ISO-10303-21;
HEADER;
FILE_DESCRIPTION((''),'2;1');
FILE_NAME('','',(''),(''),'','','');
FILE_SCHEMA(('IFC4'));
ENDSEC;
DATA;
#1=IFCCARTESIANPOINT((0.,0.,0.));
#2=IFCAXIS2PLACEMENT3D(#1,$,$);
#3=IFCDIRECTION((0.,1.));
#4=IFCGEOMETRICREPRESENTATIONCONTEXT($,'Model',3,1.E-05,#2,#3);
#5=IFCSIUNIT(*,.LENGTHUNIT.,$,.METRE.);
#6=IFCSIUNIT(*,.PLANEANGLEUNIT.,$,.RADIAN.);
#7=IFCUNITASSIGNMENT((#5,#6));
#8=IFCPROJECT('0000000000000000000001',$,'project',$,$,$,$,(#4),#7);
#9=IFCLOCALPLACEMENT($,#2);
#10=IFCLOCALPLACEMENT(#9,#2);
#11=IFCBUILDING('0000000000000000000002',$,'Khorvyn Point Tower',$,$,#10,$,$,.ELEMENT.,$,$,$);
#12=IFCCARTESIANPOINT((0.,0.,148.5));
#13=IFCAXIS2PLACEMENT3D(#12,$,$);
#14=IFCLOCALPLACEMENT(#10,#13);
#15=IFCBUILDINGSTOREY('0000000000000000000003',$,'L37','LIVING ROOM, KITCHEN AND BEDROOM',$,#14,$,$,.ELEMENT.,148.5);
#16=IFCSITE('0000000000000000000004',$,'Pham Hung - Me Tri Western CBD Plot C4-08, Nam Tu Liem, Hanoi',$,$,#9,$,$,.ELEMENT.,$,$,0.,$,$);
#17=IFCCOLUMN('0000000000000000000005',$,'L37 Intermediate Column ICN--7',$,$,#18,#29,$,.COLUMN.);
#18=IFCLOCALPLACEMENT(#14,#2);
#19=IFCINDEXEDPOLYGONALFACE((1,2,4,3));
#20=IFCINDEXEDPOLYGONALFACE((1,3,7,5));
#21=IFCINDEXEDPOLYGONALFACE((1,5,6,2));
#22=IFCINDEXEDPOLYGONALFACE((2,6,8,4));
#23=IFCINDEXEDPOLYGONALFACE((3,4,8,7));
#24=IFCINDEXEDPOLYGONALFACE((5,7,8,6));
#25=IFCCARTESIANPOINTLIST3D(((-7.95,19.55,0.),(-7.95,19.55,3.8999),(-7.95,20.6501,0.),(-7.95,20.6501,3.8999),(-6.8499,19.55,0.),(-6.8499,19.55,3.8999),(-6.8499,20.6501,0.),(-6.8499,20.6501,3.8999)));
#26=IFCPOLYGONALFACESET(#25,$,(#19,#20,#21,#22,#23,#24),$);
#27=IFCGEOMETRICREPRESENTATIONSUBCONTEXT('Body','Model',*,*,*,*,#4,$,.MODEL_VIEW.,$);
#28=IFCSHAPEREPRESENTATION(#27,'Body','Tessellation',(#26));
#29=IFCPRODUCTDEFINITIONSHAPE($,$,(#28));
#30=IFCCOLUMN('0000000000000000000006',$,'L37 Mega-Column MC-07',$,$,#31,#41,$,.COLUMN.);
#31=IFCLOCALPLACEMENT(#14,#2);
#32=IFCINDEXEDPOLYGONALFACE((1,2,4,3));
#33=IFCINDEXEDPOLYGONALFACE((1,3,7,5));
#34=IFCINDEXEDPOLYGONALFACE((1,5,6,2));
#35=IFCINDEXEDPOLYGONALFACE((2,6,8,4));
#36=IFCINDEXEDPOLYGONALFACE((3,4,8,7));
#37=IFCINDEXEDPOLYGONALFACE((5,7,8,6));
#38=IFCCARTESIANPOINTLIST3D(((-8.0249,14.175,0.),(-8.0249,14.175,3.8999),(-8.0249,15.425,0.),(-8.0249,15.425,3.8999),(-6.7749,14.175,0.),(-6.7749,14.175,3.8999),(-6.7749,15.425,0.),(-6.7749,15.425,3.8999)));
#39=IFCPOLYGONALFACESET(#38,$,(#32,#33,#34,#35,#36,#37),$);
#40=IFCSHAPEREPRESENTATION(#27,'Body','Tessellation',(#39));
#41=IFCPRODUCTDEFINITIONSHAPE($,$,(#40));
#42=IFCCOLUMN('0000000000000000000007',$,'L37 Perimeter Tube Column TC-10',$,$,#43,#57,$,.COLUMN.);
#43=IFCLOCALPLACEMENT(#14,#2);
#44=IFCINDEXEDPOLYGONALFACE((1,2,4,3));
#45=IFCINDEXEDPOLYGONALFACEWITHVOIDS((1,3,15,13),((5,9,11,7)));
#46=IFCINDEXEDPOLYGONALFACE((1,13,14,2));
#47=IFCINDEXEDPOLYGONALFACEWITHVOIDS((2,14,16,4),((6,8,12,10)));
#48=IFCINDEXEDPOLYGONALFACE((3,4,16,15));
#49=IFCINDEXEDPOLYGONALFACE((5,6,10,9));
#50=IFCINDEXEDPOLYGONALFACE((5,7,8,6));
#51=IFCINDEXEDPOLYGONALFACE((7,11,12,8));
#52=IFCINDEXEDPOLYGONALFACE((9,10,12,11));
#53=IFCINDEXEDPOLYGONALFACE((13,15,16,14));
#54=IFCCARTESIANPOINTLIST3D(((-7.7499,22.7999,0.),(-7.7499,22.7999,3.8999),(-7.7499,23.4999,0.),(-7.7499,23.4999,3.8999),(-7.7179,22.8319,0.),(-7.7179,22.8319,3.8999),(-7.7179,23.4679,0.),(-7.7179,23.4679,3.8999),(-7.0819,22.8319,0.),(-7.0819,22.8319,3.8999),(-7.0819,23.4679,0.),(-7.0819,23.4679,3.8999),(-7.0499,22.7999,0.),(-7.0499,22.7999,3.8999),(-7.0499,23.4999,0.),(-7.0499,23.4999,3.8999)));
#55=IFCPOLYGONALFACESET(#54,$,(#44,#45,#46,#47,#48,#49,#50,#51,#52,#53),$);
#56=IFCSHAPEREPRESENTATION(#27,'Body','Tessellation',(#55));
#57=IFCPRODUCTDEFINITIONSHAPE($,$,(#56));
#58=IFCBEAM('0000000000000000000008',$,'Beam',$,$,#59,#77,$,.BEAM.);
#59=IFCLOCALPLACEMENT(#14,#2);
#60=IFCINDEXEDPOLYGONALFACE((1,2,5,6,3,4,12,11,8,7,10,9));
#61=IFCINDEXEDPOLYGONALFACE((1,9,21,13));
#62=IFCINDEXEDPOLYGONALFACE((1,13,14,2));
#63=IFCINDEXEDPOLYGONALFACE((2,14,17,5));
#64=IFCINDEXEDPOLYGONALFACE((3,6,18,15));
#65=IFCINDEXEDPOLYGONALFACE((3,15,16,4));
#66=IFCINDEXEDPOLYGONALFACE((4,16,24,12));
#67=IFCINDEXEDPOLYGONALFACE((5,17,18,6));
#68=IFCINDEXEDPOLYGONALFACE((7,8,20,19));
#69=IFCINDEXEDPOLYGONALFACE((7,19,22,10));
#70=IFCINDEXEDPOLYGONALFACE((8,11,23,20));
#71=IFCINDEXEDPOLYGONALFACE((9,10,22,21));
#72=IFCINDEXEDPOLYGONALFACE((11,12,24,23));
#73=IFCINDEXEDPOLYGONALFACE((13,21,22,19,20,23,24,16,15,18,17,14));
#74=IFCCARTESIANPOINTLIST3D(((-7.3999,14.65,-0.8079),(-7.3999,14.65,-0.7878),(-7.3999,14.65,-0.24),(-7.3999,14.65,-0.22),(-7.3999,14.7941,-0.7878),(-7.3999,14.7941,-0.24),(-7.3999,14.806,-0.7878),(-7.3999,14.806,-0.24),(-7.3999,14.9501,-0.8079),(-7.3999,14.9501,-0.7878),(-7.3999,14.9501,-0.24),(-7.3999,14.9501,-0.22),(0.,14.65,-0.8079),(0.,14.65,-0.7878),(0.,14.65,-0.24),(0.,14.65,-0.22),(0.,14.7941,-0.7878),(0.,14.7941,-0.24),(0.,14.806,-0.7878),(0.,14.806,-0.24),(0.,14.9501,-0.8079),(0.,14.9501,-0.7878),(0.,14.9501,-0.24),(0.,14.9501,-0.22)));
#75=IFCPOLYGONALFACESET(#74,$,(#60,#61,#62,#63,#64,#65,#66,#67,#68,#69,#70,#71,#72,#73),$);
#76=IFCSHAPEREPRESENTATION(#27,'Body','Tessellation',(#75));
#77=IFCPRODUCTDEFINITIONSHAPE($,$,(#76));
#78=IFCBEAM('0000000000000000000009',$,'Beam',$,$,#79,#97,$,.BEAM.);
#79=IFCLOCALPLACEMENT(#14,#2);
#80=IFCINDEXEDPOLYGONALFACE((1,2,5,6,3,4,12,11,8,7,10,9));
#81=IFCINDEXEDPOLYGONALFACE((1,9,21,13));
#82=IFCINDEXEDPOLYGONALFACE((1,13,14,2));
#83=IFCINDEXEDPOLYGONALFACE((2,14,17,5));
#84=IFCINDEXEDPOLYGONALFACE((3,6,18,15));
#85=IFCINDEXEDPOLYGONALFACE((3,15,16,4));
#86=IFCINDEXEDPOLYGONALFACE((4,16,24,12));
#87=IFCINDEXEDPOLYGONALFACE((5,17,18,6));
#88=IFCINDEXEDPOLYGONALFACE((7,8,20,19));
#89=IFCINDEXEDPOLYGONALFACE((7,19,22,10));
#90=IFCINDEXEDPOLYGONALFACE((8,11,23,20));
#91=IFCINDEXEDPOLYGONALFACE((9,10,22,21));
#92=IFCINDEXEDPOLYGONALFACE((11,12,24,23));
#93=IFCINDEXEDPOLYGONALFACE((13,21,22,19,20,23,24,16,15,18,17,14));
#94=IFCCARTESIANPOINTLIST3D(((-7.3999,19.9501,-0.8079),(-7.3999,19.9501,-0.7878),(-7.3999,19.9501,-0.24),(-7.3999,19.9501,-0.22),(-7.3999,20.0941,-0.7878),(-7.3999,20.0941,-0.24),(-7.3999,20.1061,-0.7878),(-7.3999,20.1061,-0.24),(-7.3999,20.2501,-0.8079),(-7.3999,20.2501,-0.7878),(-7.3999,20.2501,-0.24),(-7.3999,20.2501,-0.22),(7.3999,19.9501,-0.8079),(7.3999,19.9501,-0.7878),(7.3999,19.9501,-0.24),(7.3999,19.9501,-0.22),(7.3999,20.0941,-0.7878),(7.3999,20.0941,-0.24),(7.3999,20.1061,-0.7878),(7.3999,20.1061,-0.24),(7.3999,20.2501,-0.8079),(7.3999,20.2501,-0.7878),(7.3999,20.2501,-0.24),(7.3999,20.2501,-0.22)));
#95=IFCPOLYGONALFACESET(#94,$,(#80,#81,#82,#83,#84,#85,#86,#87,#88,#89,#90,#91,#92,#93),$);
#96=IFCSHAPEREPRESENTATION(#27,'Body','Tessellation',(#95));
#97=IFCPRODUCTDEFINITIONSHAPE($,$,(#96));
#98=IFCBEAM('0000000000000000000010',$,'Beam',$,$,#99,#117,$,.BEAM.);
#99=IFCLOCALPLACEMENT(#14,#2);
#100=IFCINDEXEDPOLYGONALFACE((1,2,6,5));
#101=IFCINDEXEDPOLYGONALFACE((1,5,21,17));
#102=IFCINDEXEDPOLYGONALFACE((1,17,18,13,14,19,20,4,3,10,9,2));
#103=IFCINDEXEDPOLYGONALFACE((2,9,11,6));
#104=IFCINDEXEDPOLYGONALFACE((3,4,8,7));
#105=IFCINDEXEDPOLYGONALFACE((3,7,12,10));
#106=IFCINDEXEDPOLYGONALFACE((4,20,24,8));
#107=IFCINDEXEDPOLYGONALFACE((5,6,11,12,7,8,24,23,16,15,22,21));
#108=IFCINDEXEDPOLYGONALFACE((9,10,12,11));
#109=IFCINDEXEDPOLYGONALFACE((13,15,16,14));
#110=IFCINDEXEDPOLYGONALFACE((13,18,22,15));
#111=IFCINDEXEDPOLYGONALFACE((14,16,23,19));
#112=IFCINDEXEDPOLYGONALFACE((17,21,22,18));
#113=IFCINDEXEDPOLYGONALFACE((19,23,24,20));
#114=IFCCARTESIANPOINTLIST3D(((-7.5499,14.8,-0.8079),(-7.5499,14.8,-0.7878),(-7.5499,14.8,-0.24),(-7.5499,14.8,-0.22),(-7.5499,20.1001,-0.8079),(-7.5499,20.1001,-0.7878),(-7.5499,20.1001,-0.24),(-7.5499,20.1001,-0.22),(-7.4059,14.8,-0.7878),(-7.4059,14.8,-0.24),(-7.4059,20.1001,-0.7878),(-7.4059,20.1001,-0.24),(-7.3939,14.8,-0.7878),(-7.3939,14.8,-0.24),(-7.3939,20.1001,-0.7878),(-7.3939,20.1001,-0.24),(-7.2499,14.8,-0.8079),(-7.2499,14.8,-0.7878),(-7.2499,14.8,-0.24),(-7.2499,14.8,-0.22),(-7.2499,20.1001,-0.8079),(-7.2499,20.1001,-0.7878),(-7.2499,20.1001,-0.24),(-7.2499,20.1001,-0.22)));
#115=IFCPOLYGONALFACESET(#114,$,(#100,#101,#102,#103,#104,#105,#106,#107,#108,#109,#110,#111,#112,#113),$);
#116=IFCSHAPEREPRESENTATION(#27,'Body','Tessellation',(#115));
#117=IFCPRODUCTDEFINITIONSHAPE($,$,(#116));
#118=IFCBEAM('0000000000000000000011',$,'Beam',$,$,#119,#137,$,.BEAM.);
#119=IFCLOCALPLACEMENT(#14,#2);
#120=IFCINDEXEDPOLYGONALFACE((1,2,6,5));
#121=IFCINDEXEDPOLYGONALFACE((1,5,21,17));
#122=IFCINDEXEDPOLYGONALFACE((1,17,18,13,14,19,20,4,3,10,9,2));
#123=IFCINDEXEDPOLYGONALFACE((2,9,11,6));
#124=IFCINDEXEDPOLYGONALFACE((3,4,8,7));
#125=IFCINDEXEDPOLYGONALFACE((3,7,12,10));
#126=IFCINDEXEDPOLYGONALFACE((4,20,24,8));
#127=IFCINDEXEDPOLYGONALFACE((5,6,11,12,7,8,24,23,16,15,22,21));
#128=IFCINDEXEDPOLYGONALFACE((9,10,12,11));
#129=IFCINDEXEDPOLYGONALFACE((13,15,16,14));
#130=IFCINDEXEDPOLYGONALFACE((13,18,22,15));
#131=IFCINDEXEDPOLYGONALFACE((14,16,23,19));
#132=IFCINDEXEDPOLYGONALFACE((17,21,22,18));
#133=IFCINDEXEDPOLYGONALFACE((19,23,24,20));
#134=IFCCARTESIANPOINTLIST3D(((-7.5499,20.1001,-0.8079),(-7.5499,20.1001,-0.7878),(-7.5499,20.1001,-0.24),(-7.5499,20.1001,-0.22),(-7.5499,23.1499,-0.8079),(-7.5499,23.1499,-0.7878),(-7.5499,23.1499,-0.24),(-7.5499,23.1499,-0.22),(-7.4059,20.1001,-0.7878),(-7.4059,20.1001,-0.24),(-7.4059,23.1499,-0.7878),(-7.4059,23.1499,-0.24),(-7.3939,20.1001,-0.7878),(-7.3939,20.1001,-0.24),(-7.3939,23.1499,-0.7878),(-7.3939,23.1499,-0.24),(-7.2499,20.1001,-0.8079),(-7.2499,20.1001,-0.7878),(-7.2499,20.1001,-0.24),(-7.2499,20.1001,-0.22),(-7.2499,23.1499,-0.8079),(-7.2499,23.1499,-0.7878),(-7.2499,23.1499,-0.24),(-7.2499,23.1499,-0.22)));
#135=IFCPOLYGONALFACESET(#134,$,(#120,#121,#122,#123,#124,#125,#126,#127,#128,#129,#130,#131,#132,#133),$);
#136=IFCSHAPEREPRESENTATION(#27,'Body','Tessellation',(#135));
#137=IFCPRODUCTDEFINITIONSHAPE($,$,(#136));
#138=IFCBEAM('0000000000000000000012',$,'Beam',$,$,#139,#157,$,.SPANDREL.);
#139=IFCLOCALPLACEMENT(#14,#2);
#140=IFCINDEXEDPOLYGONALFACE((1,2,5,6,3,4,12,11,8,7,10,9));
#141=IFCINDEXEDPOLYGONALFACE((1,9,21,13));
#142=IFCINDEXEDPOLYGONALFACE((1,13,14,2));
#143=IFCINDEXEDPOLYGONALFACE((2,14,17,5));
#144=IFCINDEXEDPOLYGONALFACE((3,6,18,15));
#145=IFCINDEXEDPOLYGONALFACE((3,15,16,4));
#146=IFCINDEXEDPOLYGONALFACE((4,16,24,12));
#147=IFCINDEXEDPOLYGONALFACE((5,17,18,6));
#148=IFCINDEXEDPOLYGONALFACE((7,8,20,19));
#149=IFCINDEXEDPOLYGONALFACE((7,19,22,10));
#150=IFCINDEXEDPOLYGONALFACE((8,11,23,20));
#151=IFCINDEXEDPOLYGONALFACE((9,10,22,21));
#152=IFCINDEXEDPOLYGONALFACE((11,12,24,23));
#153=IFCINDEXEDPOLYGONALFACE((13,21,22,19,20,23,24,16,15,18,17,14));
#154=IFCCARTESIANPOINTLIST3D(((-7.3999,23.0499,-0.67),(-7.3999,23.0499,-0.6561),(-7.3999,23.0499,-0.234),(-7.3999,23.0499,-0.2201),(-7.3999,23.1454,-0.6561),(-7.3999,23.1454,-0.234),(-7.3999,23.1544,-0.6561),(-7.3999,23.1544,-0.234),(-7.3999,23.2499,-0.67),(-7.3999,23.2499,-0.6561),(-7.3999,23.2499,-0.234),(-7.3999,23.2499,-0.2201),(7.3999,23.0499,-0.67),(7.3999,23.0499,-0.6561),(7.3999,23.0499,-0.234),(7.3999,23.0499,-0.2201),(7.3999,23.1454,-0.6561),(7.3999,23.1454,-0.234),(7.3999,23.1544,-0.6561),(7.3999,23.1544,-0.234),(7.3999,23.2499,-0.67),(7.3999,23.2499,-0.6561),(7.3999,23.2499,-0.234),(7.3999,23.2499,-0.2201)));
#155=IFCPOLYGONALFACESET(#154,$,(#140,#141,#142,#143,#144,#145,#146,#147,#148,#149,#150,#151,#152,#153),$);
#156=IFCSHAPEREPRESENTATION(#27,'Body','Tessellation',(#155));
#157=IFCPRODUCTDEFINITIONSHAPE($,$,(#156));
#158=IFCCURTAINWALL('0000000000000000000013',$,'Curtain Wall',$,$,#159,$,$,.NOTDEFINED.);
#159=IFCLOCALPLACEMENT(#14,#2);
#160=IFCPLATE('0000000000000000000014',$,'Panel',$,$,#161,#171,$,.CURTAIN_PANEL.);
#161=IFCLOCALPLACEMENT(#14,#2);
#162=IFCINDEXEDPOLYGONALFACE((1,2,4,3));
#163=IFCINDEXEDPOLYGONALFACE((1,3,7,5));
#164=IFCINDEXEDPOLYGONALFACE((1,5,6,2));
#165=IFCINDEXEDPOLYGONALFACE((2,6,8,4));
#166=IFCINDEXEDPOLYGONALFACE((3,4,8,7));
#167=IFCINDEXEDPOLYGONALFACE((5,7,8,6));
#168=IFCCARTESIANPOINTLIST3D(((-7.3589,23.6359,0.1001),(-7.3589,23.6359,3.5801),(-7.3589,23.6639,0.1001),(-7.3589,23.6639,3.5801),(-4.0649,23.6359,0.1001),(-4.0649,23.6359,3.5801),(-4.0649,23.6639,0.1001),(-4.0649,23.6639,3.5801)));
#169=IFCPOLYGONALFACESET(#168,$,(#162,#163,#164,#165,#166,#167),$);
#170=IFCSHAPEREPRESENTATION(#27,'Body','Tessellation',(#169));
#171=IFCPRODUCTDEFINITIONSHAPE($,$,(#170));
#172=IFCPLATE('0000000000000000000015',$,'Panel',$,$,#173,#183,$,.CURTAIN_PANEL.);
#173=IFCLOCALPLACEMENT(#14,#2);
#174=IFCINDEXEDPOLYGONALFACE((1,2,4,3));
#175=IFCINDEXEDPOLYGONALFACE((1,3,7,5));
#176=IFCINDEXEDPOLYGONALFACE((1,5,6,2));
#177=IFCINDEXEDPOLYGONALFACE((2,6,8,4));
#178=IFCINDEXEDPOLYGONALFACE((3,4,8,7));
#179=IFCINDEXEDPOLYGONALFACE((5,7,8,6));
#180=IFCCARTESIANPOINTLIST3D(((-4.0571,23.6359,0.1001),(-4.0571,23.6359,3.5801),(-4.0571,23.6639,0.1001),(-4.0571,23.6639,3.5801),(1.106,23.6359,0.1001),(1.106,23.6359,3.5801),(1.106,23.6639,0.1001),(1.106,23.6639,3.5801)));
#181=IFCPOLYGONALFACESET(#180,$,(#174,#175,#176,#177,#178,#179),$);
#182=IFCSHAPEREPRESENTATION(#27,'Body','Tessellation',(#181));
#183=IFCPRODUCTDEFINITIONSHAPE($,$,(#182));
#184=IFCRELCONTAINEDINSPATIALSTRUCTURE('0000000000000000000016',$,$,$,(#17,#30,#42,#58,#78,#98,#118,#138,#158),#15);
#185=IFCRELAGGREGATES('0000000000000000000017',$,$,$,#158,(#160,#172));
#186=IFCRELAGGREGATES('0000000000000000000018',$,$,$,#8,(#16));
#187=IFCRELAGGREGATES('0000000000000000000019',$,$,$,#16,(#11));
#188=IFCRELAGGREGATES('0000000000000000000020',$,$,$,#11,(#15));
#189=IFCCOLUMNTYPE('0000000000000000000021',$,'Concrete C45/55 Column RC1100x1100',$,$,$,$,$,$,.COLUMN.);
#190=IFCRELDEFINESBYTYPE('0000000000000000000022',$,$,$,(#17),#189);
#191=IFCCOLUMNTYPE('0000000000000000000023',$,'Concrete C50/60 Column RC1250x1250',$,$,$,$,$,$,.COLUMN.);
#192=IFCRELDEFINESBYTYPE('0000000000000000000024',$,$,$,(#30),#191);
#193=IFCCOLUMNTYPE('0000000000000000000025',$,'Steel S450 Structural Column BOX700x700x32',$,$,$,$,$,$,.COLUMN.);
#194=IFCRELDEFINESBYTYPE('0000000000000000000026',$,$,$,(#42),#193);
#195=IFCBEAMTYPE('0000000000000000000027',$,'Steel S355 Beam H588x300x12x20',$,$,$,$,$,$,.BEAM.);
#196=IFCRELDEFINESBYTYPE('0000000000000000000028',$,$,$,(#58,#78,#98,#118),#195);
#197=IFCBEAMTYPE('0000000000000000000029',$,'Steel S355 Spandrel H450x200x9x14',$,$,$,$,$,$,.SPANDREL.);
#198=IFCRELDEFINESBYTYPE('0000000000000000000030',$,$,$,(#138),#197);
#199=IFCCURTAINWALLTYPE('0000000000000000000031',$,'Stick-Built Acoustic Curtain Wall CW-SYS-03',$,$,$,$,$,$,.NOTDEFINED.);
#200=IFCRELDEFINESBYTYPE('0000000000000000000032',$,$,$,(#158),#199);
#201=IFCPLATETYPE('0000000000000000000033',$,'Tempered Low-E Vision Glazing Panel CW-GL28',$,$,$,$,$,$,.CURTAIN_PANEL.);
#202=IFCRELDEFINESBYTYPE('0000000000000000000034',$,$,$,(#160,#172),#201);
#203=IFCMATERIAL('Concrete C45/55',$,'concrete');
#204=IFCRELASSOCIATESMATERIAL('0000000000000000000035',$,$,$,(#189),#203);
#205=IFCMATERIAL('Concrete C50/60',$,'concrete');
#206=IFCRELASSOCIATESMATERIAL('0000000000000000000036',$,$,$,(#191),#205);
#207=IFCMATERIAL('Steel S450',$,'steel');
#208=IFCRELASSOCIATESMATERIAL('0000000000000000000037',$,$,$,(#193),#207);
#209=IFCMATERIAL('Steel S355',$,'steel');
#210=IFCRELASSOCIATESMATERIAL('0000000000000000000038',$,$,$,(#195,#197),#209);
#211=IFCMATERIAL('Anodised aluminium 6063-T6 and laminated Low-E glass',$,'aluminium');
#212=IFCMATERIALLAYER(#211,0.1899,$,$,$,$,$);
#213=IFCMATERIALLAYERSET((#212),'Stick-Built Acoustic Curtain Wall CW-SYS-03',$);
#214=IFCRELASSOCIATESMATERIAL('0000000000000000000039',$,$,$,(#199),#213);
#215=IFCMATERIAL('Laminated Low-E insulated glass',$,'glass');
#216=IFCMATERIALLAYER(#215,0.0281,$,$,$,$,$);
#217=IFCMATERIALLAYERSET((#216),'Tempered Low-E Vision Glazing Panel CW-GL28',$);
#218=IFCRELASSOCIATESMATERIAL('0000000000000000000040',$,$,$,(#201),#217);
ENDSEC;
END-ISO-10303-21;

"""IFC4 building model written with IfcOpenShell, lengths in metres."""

from ifc_helpers import new_model, si_unit, direction, frame, origin, origin_2d, place, context, subcontext, project, spatial, rectangle, hollow_rectangle, i_section, extrude, material, layer, layer_set, material_profile, profile_set, type_object, element, aggregate, save


model = new_model("IFC4")

# Units and contexts
model_context = context("Model", 3, precision=1e-05, world=origin(), true_north=direction((0.0, 1.0)))
body_context = subcontext(model_context, "Body", "Model", "MODEL_VIEW")
ifc_project = project(units=[si_unit("LENGTHUNIT", "METRE"), si_unit("PLANEANGLEUNIT", "RADIAN")], contexts=[model_context])

# Site, building, storey
site_placement = place(None, origin())
site = spatial("IfcSite", under=ifc_project, at=site_placement, Name="Pham Hung - Me Tri Western CBD Plot C4-08, Nam Tu Liem, Hanoi", CompositionType="ELEMENT", RefElevation=0.0)
building_placement = place(site_placement, origin())
building = spatial("IfcBuilding", under=site, at=building_placement, Name="Khorvyn Point Tower", CompositionType="ELEMENT")
storey_placement = place(building_placement, frame((0.0, 0.0, 148.5)))
storey = spatial("IfcBuildingStorey", under=building, at=storey_placement, Name="L37", Description="LIVING ROOM, KITCHEN AND BEDROOM", CompositionType="ELEMENT", Elevation=148.5)

# Columns
ifc_material_1 = material(Name="Concrete C45/55", Category="concrete")
ifc_material_profile_1 = material_profile(ifc_material_1, rectangle(XDim=1.1001, YDim=1.1001, at=origin_2d()))
ifc_profile_set_1 = profile_set([ifc_material_profile_1], Name="Concrete C45/55 RC1100x1100")
column_type_1 = type_object("IfcColumnType", Name="Concrete C45/55 Column RC1100x1100", PredefinedType="COLUMN", material=ifc_profile_set_1)
column_1_placement = place(storey_placement, frame((-7.3999, 20.1001, 0.0), z_axis=(0.0, 0.0, 1.0), x_axis=(1.0, 0.0, 0.0)))
element("IfcColumn", 1, at=column_1_placement, inside=storey, type_object=column_type_1, Name="L37 Intermediate Column ICN--7", PredefinedType="COLUMN", context=body_context, shape_type="SweptSolid", body=[
    extrude(rectangle(XDim=1.1001, YDim=1.1001, at=origin_2d()), origin(), (0.0, 0.0, 1.0), 3.8999),
])
ifc_material_2 = material(Name="Concrete C50/60", Category="concrete")
ifc_material_profile_2 = material_profile(ifc_material_2, rectangle(XDim=1.25, YDim=1.25, at=origin_2d()))
ifc_profile_set_2 = profile_set([ifc_material_profile_2], Name="Concrete C50/60 RC1250x1250")
column_type_2 = type_object("IfcColumnType", Name="Concrete C50/60 Column RC1250x1250", PredefinedType="COLUMN", material=ifc_profile_set_2)
column_2_placement = place(storey_placement, frame((-7.3999, 14.8, 0.0), z_axis=(0.0, 0.0, 1.0), x_axis=(1.0, 0.0, 0.0)))
element("IfcColumn", 2, at=column_2_placement, inside=storey, type_object=column_type_2, Name="L37 Mega-Column MC-07", PredefinedType="COLUMN", context=body_context, shape_type="SweptSolid", body=[
    extrude(rectangle(XDim=1.25, YDim=1.25, at=origin_2d()), origin(), (0.0, 0.0, 1.0), 3.8999),
])
ifc_material_3 = material(Name="Steel S450", Category="steel")
ifc_material_profile_3 = material_profile(ifc_material_3, hollow_rectangle(XDim=0.7, YDim=0.7, WallThickness=0.032, at=origin_2d()))
ifc_profile_set_3 = profile_set([ifc_material_profile_3], Name="Steel S450 BOX700x700x32")
column_type_3 = type_object("IfcColumnType", Name="Steel S450 Structural Column BOX700x700x32", PredefinedType="COLUMN", material=ifc_profile_set_3)
column_3_placement = place(storey_placement, frame((-7.3999, 23.1499, 0.0), z_axis=(0.0, 0.0, 1.0), x_axis=(1.0, 0.0, 0.0)))
element("IfcColumn", 3, at=column_3_placement, inside=storey, type_object=column_type_3, Name="L37 Perimeter Tube Column TC-10", PredefinedType="COLUMN", context=body_context, shape_type="SweptSolid", body=[
    extrude(hollow_rectangle(XDim=0.7, YDim=0.7, WallThickness=0.032, at=origin_2d()), origin(), (0.0, 0.0, 1.0), 3.8999),
])

# Beams
ifc_material_4 = material(Name="Steel S355", Category="steel")
ifc_material_profile_4 = material_profile(ifc_material_4, i_section(OverallWidth=0.3, OverallDepth=0.5879, WebThickness=0.012, FlangeThickness=0.02, at=origin_2d()))
ifc_profile_set_4 = profile_set([ifc_material_profile_4], Name="Steel S355 H588x300x12x20")
beam_type_1 = type_object("IfcBeamType", Name="Steel S355 Beam H588x300x12x20", PredefinedType="BEAM", material=ifc_profile_set_4)
beam_1_placement = place(storey_placement, frame((-7.3999, 14.8, -0.5139), z_axis=(1.0, 0.0, 0.0), x_axis=(0.0, 1.0, 0.0)))
element("IfcBeam", 4, at=beam_1_placement, inside=storey, type_object=beam_type_1, Name="Beam", PredefinedType="BEAM", context=body_context, shape_type="SweptSolid", body=[
    extrude(i_section(OverallWidth=0.3, OverallDepth=0.5879, WebThickness=0.012, FlangeThickness=0.02, at=origin_2d()), origin(), (0.0, 0.0, 1.0), 7.3999),
])
beam_2_placement = place(storey_placement, frame((-7.3999, 20.1001, -0.5139), z_axis=(1.0, 0.0, 0.0), x_axis=(0.0, 1.0, 0.0)))
element("IfcBeam", 5, at=beam_2_placement, inside=storey, type_object=beam_type_1, Name="Beam", PredefinedType="BEAM", context=body_context, shape_type="SweptSolid", body=[
    extrude(i_section(OverallWidth=0.3, OverallDepth=0.5879, WebThickness=0.012, FlangeThickness=0.02, at=origin_2d()), origin(), (0.0, 0.0, 1.0), 14.7998),
])
beam_3_placement = place(storey_placement, frame((-7.3999, 14.8, -0.5139), z_axis=(0.0, 1.0, 0.0), x_axis=(-1.0, 0.0, 0.0)))
element("IfcBeam", 6, at=beam_3_placement, inside=storey, type_object=beam_type_1, Name="Beam", PredefinedType="BEAM", context=body_context, shape_type="SweptSolid", body=[
    extrude(i_section(OverallWidth=0.3, OverallDepth=0.5879, WebThickness=0.012, FlangeThickness=0.02, at=origin_2d()), origin(), (0.0, 0.0, 1.0), 5.3),
])
beam_4_placement = place(storey_placement, frame((-7.3999, 20.1001, -0.5139), z_axis=(0.0, 1.0, 0.0), x_axis=(-1.0, 0.0, 0.0)))
element("IfcBeam", 7, at=beam_4_placement, inside=storey, type_object=beam_type_1, Name="Beam", PredefinedType="BEAM", context=body_context, shape_type="SweptSolid", body=[
    extrude(i_section(OverallWidth=0.3, OverallDepth=0.5879, WebThickness=0.012, FlangeThickness=0.02, at=origin_2d()), origin(), (0.0, 0.0, 1.0), 3.0498),
])
ifc_material_profile_5 = material_profile(ifc_material_4, i_section(OverallWidth=0.2, OverallDepth=0.45, WebThickness=0.009, FlangeThickness=0.0139, at=origin_2d()))
ifc_profile_set_5 = profile_set([ifc_material_profile_5], Name="Steel S355 H450x200x9x14")
beam_type_2 = type_object("IfcBeamType", Name="Steel S355 Spandrel H450x200x9x14", PredefinedType="SPANDREL", material=ifc_profile_set_5)
beam_5_placement = place(storey_placement, frame((-7.3999, 23.1499, -0.4451), z_axis=(1.0, 0.0, 0.0), x_axis=(0.0, 1.0, 0.0)))
element("IfcBeam", 8, at=beam_5_placement, inside=storey, type_object=beam_type_2, Name="Beam", PredefinedType="SPANDREL", context=body_context, shape_type="SweptSolid", body=[
    extrude(i_section(OverallWidth=0.2, OverallDepth=0.45, WebThickness=0.009, FlangeThickness=0.0139, at=origin_2d()), origin(), (0.0, 0.0, 1.0), 14.7998),
])

# Curtain wall, plates
ifc_material_5 = material(Name="Anodised aluminium 6063-T6 and laminated Low-E glass", Category="aluminium")
ifc_layer_1 = layer(ifc_material_5, 0.1899)
ifc_layer_set_1 = layer_set([ifc_layer_1], Name="Stick-Built Acoustic Curtain Wall CW-SYS-03")
curtain_wall_type = type_object("IfcCurtainWallType", Name="Stick-Built Acoustic Curtain Wall CW-SYS-03", PredefinedType="NOTDEFINED", material=ifc_layer_set_1)
curtain_wall_placement = place(storey_placement, origin())
curtain_wall = element("IfcCurtainWall", 9, at=curtain_wall_placement, inside=storey, type_object=curtain_wall_type, Name="Curtain Wall", PredefinedType="NOTDEFINED")
ifc_material_6 = material(Name="Laminated Low-E insulated glass", Category="glass")
ifc_layer_2 = layer(ifc_material_6, 0.0281)
ifc_layer_set_2 = layer_set([ifc_layer_2], Name="Tempered Low-E Vision Glazing Panel CW-GL28")
plate_type = type_object("IfcPlateType", Name="Tempered Low-E Vision Glazing Panel CW-GL28", PredefinedType="CURTAIN_PANEL", material=ifc_layer_set_2)
plate_1_placement = place(storey_placement, frame((-5.7119, 23.6499, 0.1001), z_axis=(0.0, 0.0, 1.0), x_axis=(1.0, 0.0, 0.0)))
plate_1 = element("IfcPlate", 10, at=plate_1_placement, type_object=plate_type, Name="Panel", PredefinedType="CURTAIN_PANEL", context=body_context, shape_type="SweptSolid", body=[
    extrude(rectangle(XDim=3.2939, YDim=0.0281, at=origin_2d()), origin(), (0.0, 0.0, 1.0), 3.48),
])
plate_2_placement = place(storey_placement, frame((-1.4756, 23.6499, 0.1001), z_axis=(0.0, 0.0, 1.0), x_axis=(1.0, 0.0, 0.0)))
plate_2 = element("IfcPlate", 11, at=plate_2_placement, type_object=plate_type, Name="Panel", PredefinedType="CURTAIN_PANEL", context=body_context, shape_type="SweptSolid", body=[
    extrude(rectangle(XDim=5.1631, YDim=0.0281, at=origin_2d()), origin(), (0.0, 0.0, 1.0), 3.48),
])
aggregate(curtain_wall, [plate_1, plate_2])

save(model, "model.ifc")
